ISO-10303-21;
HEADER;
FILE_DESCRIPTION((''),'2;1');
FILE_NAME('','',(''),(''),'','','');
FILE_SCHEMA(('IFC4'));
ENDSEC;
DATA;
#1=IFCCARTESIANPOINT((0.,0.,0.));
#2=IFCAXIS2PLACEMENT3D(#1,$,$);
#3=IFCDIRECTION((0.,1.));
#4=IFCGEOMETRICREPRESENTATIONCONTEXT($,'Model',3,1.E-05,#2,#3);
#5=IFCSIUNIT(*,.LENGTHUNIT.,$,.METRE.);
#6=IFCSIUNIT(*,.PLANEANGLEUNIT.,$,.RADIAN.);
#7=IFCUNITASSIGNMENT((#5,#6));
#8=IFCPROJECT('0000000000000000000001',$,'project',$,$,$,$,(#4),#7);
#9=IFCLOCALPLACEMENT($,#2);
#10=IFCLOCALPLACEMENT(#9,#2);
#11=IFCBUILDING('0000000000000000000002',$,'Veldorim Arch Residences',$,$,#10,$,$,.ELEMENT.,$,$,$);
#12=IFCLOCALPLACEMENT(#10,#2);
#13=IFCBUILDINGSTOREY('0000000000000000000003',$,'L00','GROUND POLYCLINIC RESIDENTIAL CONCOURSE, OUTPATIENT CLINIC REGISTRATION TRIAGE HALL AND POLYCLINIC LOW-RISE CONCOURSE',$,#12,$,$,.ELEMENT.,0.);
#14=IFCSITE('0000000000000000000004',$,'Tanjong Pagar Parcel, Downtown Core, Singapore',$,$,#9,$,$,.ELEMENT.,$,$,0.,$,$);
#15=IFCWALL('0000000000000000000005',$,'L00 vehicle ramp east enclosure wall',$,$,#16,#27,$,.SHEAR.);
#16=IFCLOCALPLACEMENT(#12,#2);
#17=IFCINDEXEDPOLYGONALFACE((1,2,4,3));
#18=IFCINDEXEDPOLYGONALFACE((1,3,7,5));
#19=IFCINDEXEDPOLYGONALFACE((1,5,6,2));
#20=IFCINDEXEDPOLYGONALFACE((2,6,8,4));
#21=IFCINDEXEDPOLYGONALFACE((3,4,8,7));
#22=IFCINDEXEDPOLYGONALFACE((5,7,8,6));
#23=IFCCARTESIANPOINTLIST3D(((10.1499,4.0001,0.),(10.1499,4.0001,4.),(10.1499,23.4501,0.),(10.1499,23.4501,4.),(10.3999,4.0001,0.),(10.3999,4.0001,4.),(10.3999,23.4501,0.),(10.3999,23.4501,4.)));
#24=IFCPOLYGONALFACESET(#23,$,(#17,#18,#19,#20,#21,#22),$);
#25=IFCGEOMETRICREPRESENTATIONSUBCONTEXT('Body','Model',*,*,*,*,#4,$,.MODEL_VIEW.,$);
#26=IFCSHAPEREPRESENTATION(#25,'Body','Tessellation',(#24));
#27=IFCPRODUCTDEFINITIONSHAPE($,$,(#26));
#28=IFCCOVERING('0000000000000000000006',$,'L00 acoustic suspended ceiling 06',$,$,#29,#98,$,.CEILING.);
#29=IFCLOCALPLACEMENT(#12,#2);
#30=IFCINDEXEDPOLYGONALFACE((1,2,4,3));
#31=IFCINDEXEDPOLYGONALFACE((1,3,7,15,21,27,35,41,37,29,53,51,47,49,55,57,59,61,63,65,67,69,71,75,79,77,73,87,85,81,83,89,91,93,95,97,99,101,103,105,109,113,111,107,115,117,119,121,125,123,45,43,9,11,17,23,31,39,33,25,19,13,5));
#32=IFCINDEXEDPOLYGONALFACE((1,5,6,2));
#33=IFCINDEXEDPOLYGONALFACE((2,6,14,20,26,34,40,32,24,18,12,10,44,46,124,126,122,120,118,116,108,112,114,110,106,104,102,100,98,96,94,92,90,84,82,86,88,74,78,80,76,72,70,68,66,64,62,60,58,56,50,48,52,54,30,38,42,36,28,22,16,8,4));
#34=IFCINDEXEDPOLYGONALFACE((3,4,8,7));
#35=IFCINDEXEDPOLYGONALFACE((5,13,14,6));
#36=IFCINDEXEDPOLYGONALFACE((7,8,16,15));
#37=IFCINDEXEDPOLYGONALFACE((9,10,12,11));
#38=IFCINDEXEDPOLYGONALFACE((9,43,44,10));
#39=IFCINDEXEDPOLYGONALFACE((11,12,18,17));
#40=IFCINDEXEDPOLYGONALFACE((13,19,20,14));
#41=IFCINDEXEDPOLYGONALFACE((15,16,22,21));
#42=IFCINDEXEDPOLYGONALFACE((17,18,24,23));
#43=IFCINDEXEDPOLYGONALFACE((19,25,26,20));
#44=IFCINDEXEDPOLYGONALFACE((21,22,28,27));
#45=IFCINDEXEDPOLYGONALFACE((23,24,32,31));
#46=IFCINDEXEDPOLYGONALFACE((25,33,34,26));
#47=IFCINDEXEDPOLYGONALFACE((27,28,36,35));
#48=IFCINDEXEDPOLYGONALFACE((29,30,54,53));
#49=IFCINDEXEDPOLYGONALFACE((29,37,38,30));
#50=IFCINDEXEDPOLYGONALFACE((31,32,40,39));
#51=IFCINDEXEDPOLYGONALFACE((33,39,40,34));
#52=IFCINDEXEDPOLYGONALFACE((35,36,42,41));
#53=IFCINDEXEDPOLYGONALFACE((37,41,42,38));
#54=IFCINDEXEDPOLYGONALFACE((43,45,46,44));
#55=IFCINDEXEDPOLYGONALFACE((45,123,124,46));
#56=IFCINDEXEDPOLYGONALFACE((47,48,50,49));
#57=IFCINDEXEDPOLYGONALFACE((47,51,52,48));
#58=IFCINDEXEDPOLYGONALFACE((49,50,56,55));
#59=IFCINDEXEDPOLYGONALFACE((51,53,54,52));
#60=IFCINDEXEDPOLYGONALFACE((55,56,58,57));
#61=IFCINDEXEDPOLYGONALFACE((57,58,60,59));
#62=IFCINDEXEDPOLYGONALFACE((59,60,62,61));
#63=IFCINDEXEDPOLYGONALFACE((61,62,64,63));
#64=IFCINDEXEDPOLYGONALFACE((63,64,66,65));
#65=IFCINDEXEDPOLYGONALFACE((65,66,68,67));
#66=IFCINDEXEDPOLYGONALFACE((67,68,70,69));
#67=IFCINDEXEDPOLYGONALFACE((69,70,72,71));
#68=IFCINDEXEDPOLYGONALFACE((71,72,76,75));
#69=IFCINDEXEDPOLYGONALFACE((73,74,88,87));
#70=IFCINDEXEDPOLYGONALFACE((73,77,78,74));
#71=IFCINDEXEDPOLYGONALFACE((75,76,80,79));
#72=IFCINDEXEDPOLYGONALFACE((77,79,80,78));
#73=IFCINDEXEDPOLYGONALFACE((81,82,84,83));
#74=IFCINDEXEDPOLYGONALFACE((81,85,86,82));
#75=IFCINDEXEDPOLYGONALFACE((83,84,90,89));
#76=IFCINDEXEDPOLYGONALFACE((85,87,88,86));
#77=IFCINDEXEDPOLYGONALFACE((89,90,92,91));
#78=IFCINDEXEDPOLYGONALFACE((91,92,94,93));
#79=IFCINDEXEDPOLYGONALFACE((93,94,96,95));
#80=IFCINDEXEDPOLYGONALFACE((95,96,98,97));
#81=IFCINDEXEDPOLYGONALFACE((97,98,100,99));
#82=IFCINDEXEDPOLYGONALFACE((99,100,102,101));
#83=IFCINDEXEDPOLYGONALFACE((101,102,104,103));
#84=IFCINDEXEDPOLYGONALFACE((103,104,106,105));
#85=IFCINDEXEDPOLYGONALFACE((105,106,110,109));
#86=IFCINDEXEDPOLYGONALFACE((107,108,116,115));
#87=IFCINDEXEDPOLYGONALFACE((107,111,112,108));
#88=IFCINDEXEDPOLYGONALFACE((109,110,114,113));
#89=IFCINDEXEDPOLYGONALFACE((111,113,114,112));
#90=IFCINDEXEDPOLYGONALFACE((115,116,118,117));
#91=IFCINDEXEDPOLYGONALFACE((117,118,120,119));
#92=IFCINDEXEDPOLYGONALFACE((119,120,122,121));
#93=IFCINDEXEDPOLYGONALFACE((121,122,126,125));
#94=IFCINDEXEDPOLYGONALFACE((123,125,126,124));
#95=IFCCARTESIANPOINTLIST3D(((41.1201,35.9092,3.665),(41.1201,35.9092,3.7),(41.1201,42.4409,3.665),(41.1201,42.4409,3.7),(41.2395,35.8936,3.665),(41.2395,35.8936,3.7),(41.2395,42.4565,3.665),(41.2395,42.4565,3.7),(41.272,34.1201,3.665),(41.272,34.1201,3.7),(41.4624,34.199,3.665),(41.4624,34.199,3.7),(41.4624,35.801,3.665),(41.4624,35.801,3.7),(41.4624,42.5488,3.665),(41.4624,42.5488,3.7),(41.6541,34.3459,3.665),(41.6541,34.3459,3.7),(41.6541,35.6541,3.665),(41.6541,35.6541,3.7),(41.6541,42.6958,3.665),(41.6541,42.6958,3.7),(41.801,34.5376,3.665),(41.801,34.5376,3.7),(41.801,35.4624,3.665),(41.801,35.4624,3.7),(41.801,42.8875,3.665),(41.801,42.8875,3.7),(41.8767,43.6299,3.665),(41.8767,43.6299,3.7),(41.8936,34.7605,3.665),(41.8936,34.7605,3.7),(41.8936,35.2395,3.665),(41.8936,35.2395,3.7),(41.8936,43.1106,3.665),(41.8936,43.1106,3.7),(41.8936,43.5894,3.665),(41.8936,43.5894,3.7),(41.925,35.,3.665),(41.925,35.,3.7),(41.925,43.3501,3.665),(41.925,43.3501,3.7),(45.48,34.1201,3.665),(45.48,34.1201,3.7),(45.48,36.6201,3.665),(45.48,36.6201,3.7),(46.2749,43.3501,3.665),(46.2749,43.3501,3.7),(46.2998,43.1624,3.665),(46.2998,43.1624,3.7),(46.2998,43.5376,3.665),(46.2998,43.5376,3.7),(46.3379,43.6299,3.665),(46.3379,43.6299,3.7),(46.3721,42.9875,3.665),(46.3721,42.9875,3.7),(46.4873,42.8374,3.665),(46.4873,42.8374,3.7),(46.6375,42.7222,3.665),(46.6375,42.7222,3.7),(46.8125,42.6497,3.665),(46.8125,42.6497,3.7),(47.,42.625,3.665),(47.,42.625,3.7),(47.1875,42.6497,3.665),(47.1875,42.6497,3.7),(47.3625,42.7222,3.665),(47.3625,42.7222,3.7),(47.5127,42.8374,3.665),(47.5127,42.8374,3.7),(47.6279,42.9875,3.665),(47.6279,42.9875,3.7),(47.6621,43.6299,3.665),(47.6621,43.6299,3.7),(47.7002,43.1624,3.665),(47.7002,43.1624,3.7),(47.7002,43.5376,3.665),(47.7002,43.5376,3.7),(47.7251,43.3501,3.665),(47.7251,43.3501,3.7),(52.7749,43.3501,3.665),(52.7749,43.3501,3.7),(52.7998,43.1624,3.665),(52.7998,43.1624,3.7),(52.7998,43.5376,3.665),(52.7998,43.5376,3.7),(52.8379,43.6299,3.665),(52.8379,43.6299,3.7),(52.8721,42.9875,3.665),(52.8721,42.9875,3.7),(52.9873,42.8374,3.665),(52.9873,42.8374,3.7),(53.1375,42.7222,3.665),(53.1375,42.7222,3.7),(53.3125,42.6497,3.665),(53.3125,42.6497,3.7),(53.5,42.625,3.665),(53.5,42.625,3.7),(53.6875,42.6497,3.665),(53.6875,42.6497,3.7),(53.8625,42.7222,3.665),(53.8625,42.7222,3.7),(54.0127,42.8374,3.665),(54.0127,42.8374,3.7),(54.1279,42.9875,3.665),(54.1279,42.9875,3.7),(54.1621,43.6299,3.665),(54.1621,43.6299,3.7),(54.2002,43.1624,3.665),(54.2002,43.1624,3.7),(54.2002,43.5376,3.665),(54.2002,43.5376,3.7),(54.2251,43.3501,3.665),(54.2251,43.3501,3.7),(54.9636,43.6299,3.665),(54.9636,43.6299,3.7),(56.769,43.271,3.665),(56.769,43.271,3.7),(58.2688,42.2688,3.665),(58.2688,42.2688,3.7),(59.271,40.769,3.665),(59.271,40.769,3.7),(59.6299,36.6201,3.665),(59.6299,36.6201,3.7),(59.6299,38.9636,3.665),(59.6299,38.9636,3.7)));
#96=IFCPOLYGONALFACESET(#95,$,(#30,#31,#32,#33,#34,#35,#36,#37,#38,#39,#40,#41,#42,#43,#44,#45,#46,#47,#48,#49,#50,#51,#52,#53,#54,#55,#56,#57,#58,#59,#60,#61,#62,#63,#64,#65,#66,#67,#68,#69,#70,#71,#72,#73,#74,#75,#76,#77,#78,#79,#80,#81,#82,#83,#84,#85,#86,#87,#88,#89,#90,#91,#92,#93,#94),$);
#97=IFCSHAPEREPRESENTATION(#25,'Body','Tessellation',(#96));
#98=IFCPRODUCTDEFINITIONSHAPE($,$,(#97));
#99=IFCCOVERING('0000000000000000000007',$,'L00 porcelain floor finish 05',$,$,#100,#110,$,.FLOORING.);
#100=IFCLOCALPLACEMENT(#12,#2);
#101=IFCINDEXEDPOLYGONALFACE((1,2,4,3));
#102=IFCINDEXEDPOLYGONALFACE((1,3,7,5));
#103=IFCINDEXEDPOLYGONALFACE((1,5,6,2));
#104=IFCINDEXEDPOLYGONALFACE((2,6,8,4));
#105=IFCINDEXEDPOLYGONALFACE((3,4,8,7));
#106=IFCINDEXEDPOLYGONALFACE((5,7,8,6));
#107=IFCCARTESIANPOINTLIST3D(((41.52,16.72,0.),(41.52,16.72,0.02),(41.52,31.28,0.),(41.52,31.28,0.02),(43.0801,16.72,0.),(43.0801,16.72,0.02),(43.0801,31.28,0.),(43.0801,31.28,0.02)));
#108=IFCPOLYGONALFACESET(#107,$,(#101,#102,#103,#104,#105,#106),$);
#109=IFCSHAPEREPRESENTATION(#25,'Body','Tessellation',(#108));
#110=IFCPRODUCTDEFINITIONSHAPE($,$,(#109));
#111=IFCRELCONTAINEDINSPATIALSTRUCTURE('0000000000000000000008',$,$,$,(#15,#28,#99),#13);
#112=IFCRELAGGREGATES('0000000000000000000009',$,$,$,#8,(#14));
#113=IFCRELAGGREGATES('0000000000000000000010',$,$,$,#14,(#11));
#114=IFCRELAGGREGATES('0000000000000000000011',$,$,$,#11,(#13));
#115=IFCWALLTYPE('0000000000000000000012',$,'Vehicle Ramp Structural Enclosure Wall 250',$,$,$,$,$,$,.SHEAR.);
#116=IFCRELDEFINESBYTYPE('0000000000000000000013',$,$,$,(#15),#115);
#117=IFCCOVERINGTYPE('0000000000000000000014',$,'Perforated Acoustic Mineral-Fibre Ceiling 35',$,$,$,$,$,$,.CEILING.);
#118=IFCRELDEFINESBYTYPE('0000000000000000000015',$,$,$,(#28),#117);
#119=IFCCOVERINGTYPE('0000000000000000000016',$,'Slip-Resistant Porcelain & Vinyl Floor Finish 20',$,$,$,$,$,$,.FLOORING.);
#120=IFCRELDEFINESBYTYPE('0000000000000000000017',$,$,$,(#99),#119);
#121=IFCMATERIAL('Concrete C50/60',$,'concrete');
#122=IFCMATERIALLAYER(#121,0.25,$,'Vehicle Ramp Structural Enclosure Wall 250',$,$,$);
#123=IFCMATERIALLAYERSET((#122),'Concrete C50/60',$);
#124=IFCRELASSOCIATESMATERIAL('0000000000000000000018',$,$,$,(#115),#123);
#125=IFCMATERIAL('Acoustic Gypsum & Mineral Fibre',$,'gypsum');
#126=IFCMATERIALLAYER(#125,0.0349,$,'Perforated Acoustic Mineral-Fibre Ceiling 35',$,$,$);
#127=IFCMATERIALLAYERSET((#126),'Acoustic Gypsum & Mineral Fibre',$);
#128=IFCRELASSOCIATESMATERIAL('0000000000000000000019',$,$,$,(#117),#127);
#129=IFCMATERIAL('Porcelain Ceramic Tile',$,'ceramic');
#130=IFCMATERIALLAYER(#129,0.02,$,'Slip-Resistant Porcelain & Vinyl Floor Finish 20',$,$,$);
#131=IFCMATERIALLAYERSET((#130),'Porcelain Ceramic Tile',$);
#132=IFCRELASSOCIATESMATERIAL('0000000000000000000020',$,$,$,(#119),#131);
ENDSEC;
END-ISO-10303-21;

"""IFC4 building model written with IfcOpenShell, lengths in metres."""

from ifc_helpers import new_model, si_unit, direction, frame, frame_2d, origin, place, context, subcontext, project, spatial, polyline, rectangle, outline, extrude, material, layer, layer_set, type_object, element, save


model = new_model("IFC4")

# Units and contexts
model_context = context("Model", 3, precision=1e-05, world=origin(), true_north=direction((0.0, 1.0)))
body_context = subcontext(model_context, "Body", "Model", "MODEL_VIEW")
ifc_project = project(units=[si_unit("LENGTHUNIT", "METRE"), si_unit("PLANEANGLEUNIT", "RADIAN")], contexts=[model_context])

# Site, building, storey
site_placement = place(None, origin())
site = spatial("IfcSite", under=ifc_project, at=site_placement, Name="Tanjong Pagar Parcel, Downtown Core, Singapore", CompositionType="ELEMENT", RefElevation=0.0)
building_placement = place(site_placement, origin())
building = spatial("IfcBuilding", under=site, at=building_placement, Name="Veldorim Arch Residences", CompositionType="ELEMENT")
storey_placement = place(building_placement, origin())
storey = spatial("IfcBuildingStorey", under=building, at=storey_placement, Name="L00", Description="GROUND POLYCLINIC RESIDENTIAL CONCOURSE, OUTPATIENT CLINIC REGISTRATION TRIAGE HALL AND POLYCLINIC LOW-RISE CONCOURSE", CompositionType="ELEMENT", Elevation=0.0)

# Wall
ifc_material_1 = material(Name="Concrete C50/60", Category="concrete")
ifc_layer_1 = layer(ifc_material_1, 0.25, Name="Vehicle Ramp Structural Enclosure Wall 250")
ifc_layer_set_1 = layer_set([ifc_layer_1], Name="Concrete C50/60")
wall_type_1 = type_object("IfcWallType", Name="Vehicle Ramp Structural Enclosure Wall 250", PredefinedType="SHEAR", material=ifc_layer_set_1)
wall_1_placement = place(storey_placement, frame((10.2749, 4.0, 0.0), z_axis=(0.0, 0.0, 1.0), x_axis=(0.0, 1.0, 0.0)))
element("IfcWall", 1, at=wall_1_placement, inside=storey, type_object=wall_type_1, Name="L00 vehicle ramp east enclosure wall", PredefinedType="SHEAR", context=body_context, shape_type="SweptSolid", body=[
    extrude(rectangle(XDim=19.45, YDim=0.25, at=frame_2d((9.7251, 0.0))), origin(), (0.0, 0.0, 1.0), 4.0),
])

# Coverings
ifc_material_2 = material(Name="Acoustic Gypsum & Mineral Fibre", Category="gypsum")
ifc_layer_2 = layer(ifc_material_2, 0.0349, Name="Perforated Acoustic Mineral-Fibre Ceiling 35")
ifc_layer_set_2 = layer_set([ifc_layer_2], Name="Acoustic Gypsum & Mineral Fibre")
covering_type_1 = type_object("IfcCoveringType", Name="Perforated Acoustic Mineral-Fibre Ceiling 35", PredefinedType="CEILING", material=ifc_layer_set_2)
covering_1_placement = place(storey_placement, frame((0.0, 0.0, 3.665)))
element("IfcCovering", 2, at=covering_1_placement, inside=storey, type_object=covering_type_1, Name="L00 acoustic suspended ceiling 06", PredefinedType="CEILING", context=body_context, shape_type="SweptSolid", body=[
    extrude(outline(polyline([(56.769, 43.271), (58.2688, 42.2688), (59.271, 40.769), (59.6299, 38.9636), (59.6299, 36.6201), (45.48, 36.6201), (45.48, 34.1201), (41.272, 34.1201), (41.4624, 34.199), (41.6541, 34.3459), (41.801, 34.5376), (41.8936, 34.7605), (41.925, 35.0), (41.8936, 35.2395), (41.801, 35.4624), (41.6541, 35.6541), (41.4624, 35.801), (41.2395, 35.8936), (41.1201, 35.9092), (41.1201, 42.4409), (41.2395, 42.4565), (41.4624, 42.5488), (41.6541, 42.6958), (41.801, 42.8875), (41.8936, 43.1106), (41.925, 43.3501), (41.8936, 43.5894), (41.8767, 43.6299), (46.3379, 43.6299), (46.2998, 43.5376), (46.2749, 43.3501), (46.2998, 43.1624), (46.3721, 42.9875), (46.4873, 42.8374), (46.6375, 42.7222), (46.8125, 42.6497), (47.0, 42.625), (47.1875, 42.6497), (47.3625, 42.7222), (47.5127, 42.8374), (47.6279, 42.9875), (47.7002, 43.1624), (47.7251, 43.3501), (47.7002, 43.5376), (47.6621, 43.6299), (52.8379, 43.6299), (52.7998, 43.5376), (52.7749, 43.3501), (52.7998, 43.1624), (52.8721, 42.9875), (52.9873, 42.8374), (53.1375, 42.7222), (53.3125, 42.6497), (53.5, 42.625), (53.6875, 42.6497), (53.8625, 42.7222), (54.0127, 42.8374), (54.1279, 42.9875), (54.2002, 43.1624), (54.2251, 43.3501), (54.2002, 43.5376), (54.1621, 43.6299), (54.9636, 43.6299), (56.769, 43.271)])), origin(), (0.0, 0.0, 1.0), 0.0349),
])
ifc_material_3 = material(Name="Porcelain Ceramic Tile", Category="ceramic")
ifc_layer_3 = layer(ifc_material_3, 0.02, Name="Slip-Resistant Porcelain & Vinyl Floor Finish 20")
ifc_layer_set_3 = layer_set([ifc_layer_3], Name="Porcelain Ceramic Tile")
covering_type_2 = type_object("IfcCoveringType", Name="Slip-Resistant Porcelain & Vinyl Floor Finish 20", PredefinedType="FLOORING", material=ifc_layer_set_3)
covering_2_placement = place(storey_placement, origin())
element("IfcCovering", 3, at=covering_2_placement, inside=storey, type_object=covering_type_2, Name="L00 porcelain floor finish 05", PredefinedType="FLOORING", context=body_context, shape_type="SweptSolid", body=[
    extrude(outline(polyline([(43.0801, 16.72), (41.52, 16.72), (41.52, 31.28), (43.0801, 31.28), (43.0801, 16.72)])), origin(), (0.0, 0.0, 1.0), 0.02),
])

save(model, "model.ifc")
